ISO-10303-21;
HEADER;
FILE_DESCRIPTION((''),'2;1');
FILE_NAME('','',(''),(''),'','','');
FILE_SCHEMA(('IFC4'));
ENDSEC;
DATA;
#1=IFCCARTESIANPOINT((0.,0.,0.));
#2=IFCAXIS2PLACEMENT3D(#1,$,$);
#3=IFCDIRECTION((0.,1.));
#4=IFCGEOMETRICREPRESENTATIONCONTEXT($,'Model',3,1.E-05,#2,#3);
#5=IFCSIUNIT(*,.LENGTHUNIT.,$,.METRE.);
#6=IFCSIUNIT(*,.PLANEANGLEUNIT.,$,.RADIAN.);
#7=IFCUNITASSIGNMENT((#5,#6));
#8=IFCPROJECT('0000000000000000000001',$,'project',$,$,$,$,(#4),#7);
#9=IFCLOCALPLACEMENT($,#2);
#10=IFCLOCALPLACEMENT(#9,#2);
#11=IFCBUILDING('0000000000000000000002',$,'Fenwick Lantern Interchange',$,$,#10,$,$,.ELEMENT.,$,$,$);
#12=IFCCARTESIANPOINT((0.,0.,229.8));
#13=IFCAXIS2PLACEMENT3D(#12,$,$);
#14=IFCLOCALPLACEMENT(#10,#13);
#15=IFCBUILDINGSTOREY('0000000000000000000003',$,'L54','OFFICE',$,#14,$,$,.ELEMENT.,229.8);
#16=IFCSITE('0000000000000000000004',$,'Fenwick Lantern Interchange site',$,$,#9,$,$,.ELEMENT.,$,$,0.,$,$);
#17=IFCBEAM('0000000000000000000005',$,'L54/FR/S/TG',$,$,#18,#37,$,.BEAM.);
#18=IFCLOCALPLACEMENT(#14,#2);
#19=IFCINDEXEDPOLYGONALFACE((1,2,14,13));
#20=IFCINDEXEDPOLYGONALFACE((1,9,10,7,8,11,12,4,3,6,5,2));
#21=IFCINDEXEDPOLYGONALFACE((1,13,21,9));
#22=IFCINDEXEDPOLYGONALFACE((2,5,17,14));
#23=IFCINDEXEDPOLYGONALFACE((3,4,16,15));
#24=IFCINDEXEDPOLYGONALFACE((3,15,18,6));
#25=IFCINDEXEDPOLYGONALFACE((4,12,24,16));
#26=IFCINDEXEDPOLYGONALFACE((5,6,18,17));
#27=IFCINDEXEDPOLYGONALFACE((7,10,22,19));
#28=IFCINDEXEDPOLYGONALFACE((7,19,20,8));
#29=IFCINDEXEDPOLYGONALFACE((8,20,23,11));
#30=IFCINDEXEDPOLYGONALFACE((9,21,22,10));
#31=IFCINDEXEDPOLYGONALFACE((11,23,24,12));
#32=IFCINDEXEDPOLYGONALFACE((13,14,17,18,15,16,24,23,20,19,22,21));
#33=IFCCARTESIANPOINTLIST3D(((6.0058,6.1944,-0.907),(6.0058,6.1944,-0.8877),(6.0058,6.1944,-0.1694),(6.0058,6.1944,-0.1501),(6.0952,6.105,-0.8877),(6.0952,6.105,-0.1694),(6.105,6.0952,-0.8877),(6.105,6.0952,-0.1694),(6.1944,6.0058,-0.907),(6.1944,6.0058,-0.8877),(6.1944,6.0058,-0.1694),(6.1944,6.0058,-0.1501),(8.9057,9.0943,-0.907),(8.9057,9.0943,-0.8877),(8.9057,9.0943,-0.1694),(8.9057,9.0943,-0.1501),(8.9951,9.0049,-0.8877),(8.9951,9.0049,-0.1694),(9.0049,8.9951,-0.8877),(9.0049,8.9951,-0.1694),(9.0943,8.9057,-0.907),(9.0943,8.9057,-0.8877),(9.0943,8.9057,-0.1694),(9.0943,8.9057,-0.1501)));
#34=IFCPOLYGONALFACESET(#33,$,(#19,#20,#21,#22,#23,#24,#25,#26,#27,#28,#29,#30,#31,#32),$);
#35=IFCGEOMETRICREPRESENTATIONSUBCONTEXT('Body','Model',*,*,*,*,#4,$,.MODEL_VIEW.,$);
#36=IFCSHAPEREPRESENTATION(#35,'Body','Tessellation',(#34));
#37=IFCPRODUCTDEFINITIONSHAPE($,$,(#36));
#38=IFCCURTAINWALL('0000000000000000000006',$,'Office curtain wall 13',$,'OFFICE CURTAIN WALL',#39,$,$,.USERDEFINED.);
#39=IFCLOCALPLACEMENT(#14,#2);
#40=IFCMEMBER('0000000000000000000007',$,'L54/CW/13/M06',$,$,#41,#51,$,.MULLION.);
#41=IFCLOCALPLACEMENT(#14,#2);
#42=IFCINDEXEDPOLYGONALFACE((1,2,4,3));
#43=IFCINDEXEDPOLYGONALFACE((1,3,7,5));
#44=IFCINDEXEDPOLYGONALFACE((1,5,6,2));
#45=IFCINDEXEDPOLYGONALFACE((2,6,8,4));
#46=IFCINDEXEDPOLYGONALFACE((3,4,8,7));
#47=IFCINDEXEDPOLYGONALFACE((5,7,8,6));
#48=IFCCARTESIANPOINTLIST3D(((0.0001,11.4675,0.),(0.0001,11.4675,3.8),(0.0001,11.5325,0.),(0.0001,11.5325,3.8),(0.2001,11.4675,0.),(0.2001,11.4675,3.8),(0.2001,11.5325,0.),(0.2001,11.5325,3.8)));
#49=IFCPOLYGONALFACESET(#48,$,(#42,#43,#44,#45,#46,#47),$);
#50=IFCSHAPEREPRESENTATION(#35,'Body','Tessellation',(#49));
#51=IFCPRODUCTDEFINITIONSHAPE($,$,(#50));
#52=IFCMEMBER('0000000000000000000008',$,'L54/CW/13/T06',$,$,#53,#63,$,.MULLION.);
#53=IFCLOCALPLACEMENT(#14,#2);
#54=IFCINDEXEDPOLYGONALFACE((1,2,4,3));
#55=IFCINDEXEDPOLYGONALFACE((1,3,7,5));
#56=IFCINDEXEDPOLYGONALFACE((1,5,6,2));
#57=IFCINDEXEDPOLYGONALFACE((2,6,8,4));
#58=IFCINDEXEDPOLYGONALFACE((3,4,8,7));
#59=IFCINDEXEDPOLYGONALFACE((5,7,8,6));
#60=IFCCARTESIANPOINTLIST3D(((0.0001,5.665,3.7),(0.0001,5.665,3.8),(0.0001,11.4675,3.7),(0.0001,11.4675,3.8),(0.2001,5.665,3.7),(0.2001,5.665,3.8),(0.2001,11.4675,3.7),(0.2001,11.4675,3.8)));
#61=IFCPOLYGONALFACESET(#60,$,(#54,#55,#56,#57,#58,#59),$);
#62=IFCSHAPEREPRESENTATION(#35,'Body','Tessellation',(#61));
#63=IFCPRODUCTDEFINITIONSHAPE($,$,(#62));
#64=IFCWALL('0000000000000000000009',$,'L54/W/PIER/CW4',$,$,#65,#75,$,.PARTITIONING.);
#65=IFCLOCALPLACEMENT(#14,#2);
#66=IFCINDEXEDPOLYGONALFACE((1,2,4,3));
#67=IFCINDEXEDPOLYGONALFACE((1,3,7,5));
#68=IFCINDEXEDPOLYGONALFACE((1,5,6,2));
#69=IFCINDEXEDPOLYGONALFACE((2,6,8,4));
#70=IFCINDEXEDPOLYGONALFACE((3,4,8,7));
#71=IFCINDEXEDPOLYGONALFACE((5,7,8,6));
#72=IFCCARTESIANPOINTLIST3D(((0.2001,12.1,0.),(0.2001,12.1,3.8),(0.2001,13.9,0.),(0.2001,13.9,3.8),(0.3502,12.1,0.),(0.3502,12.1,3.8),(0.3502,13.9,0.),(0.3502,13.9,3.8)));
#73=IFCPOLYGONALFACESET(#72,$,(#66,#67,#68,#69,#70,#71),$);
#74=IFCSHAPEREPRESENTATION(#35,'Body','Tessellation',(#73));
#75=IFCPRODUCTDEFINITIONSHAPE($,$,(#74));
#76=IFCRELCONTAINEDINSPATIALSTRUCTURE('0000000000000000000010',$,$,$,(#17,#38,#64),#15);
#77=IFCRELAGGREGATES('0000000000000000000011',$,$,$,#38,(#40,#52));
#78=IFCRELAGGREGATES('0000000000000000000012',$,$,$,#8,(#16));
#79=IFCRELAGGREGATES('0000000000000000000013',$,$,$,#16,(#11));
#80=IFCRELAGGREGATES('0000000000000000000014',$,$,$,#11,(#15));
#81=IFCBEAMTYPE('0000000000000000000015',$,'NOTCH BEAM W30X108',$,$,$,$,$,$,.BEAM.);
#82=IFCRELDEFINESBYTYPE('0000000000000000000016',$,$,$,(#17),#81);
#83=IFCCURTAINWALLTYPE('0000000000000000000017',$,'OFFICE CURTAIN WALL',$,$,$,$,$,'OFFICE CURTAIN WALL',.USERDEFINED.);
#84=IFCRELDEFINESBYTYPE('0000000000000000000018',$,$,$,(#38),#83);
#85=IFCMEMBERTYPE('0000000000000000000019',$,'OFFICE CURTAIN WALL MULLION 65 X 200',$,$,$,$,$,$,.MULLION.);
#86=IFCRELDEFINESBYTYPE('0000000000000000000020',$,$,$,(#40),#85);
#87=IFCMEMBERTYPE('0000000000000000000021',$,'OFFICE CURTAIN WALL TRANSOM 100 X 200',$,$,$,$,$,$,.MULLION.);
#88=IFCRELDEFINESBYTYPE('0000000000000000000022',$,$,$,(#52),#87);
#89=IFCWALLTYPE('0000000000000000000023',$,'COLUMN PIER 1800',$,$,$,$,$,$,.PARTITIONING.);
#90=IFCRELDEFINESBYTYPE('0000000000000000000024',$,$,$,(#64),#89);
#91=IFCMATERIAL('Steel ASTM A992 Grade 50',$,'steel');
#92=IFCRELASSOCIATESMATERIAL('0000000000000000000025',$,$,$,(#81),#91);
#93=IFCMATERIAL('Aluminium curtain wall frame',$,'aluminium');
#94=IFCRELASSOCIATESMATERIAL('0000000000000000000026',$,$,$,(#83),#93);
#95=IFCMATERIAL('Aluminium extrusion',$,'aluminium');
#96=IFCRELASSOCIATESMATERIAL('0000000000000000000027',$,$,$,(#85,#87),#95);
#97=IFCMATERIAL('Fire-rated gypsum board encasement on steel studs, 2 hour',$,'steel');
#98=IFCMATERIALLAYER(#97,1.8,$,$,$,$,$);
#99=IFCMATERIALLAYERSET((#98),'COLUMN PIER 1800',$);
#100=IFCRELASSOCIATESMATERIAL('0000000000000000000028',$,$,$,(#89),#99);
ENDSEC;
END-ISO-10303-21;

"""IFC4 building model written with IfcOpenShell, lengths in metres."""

from ifc_helpers import new_model, si_unit, direction, frame, frame_2d, origin, origin_2d, place, context, subcontext, project, spatial, rectangle, i_section, extrude, material, layer, layer_set, material_profile, profile_set, type_object, element, aggregate, save


model = new_model("IFC4")

# Units and contexts
model_context = context("Model", 3, precision=1e-05, world=origin(), true_north=direction((0.0, 1.0)))
body_context = subcontext(model_context, "Body", "Model", "MODEL_VIEW")
ifc_project = project(units=[si_unit("LENGTHUNIT", "METRE"), si_unit("PLANEANGLEUNIT", "RADIAN")], contexts=[model_context])

# Site, building, storey
site_placement = place(None, origin())
site = spatial("IfcSite", under=ifc_project, at=site_placement, Name="Fenwick Lantern Interchange site", CompositionType="ELEMENT", RefElevation=0.0)
building_placement = place(site_placement, origin())
building = spatial("IfcBuilding", under=site, at=building_placement, Name="Fenwick Lantern Interchange", CompositionType="ELEMENT")
storey_placement = place(building_placement, frame((0.0, 0.0, 229.8)))
storey = spatial("IfcBuildingStorey", under=building, at=storey_placement, Name="L54", Description="OFFICE", CompositionType="ELEMENT", Elevation=229.8)

# Beam
ifc_material_1 = material(Name="Steel ASTM A992 Grade 50", Category="steel")
ifc_material_profile_1 = material_profile(ifc_material_1, i_section(OverallWidth=0.2666, OverallDepth=0.7568, WebThickness=0.0139, FlangeThickness=0.0193, at=origin_2d()), Name="W30X108")
ifc_profile_set_1 = profile_set([ifc_material_profile_1], Name="Steel ASTM A992 Grade 50")
beam_type_1 = type_object("IfcBeamType", Name="NOTCH BEAM W30X108", PredefinedType="BEAM", material=ifc_profile_set_1)
beam_1_placement = place(storey_placement, frame((9.0, 9.0, -0.5286), z_axis=(-0.707107, -0.707107, 0.0), x_axis=(0.707107, -0.707107, 0.0)))
element("IfcBeam", 1, at=beam_1_placement, inside=storey, type_object=beam_type_1, Name="L54/FR/S/TG", PredefinedType="BEAM", context=body_context, shape_type="SweptSolid", body=[
    extrude(i_section(OverallWidth=0.2666, OverallDepth=0.7568, WebThickness=0.0139, FlangeThickness=0.0193, at=origin_2d()), origin(), (0.0, 0.0, 1.0), 4.1011),
])

# Curtain wall, members
ifc_material_2 = material(Name="Aluminium curtain wall frame", Category="aluminium")
curtain_wall_type = type_object("IfcCurtainWallType", Name="OFFICE CURTAIN WALL", ElementType="OFFICE CURTAIN WALL", PredefinedType="USERDEFINED", material=ifc_material_2)
curtain_wall_placement = place(storey_placement, origin())
curtain_wall = element("IfcCurtainWall", 2, at=curtain_wall_placement, inside=storey, type_object=curtain_wall_type, Name="Office curtain wall 13", ObjectType="OFFICE CURTAIN WALL", PredefinedType="USERDEFINED")
ifc_material_3 = material(Name="Aluminium extrusion", Category="aluminium")
ifc_material_profile_2 = material_profile(ifc_material_3, rectangle(XDim=0.2, YDim=0.0649, at=origin_2d()), Name="OFFICE CURTAIN WALL MULLION 65 X 200")
ifc_profile_set_2 = profile_set([ifc_material_profile_2], Name="Aluminium extrusion")
member_type_1 = type_object("IfcMemberType", Name="OFFICE CURTAIN WALL MULLION 65 X 200", PredefinedType="MULLION", material=ifc_profile_set_2)
member_1_placement = place(storey_placement, frame((0.1001, 11.5, 0.0), z_axis=(0.0, 0.0, 1.0), x_axis=(1.0, 0.0, 0.0)))
member_1 = element("IfcMember", 3, at=member_1_placement, type_object=member_type_1, Name="L54/CW/13/M06", PredefinedType="MULLION", context=body_context, shape_type="SweptSolid", body=[
    extrude(rectangle(XDim=0.2, YDim=0.0649, at=origin_2d()), origin(), (0.0, 0.0, 1.0), 3.8),
])
ifc_material_profile_3 = material_profile(ifc_material_3, rectangle(XDim=0.2, YDim=0.1001, at=origin_2d()), Name="OFFICE CURTAIN WALL TRANSOM 100 X 200")
ifc_profile_set_3 = profile_set([ifc_material_profile_3], Name="Aluminium extrusion")
member_type_2 = type_object("IfcMemberType", Name="OFFICE CURTAIN WALL TRANSOM 100 X 200", PredefinedType="MULLION", material=ifc_profile_set_3)
member_2_placement = place(storey_placement, frame((0.1001, 11.4675, 3.75), z_axis=(0.0, -1.0, 0.0), x_axis=(1.0, 0.0, 0.0)))
member_2 = element("IfcMember", 4, at=member_2_placement, type_object=member_type_2, Name="L54/CW/13/T06", PredefinedType="MULLION", context=body_context, shape_type="SweptSolid", body=[
    extrude(rectangle(XDim=0.2, YDim=0.1001, at=origin_2d()), origin(), (0.0, 0.0, 1.0), 5.8025),
])
aggregate(curtain_wall, [member_1, member_2])

# Wall
ifc_material_4 = material(Name="Fire-rated gypsum board encasement on steel studs, 2 hour", Category="steel")
ifc_layer_1 = layer(ifc_material_4, 1.8)
ifc_layer_set_1 = layer_set([ifc_layer_1], Name="COLUMN PIER 1800")
wall_type_1 = type_object("IfcWallType", Name="COLUMN PIER 1800", PredefinedType="PARTITIONING", material=ifc_layer_set_1)
wall_1_placement = place(storey_placement, frame((0.2, 13.0, 0.0), z_axis=(0.0, 0.0, 1.0), x_axis=(1.0, 0.0, 0.0)))
element("IfcWall", 5, at=wall_1_placement, inside=storey, type_object=wall_type_1, Name="L54/W/PIER/CW4", PredefinedType="PARTITIONING", context=body_context, shape_type="SweptSolid", body=[
    extrude(rectangle(XDim=0.1501, YDim=1.8, at=frame_2d((0.0752, 0.0))), origin(), (0.0, 0.0, 1.0), 3.8),
])

save(model, "model.ifc")
